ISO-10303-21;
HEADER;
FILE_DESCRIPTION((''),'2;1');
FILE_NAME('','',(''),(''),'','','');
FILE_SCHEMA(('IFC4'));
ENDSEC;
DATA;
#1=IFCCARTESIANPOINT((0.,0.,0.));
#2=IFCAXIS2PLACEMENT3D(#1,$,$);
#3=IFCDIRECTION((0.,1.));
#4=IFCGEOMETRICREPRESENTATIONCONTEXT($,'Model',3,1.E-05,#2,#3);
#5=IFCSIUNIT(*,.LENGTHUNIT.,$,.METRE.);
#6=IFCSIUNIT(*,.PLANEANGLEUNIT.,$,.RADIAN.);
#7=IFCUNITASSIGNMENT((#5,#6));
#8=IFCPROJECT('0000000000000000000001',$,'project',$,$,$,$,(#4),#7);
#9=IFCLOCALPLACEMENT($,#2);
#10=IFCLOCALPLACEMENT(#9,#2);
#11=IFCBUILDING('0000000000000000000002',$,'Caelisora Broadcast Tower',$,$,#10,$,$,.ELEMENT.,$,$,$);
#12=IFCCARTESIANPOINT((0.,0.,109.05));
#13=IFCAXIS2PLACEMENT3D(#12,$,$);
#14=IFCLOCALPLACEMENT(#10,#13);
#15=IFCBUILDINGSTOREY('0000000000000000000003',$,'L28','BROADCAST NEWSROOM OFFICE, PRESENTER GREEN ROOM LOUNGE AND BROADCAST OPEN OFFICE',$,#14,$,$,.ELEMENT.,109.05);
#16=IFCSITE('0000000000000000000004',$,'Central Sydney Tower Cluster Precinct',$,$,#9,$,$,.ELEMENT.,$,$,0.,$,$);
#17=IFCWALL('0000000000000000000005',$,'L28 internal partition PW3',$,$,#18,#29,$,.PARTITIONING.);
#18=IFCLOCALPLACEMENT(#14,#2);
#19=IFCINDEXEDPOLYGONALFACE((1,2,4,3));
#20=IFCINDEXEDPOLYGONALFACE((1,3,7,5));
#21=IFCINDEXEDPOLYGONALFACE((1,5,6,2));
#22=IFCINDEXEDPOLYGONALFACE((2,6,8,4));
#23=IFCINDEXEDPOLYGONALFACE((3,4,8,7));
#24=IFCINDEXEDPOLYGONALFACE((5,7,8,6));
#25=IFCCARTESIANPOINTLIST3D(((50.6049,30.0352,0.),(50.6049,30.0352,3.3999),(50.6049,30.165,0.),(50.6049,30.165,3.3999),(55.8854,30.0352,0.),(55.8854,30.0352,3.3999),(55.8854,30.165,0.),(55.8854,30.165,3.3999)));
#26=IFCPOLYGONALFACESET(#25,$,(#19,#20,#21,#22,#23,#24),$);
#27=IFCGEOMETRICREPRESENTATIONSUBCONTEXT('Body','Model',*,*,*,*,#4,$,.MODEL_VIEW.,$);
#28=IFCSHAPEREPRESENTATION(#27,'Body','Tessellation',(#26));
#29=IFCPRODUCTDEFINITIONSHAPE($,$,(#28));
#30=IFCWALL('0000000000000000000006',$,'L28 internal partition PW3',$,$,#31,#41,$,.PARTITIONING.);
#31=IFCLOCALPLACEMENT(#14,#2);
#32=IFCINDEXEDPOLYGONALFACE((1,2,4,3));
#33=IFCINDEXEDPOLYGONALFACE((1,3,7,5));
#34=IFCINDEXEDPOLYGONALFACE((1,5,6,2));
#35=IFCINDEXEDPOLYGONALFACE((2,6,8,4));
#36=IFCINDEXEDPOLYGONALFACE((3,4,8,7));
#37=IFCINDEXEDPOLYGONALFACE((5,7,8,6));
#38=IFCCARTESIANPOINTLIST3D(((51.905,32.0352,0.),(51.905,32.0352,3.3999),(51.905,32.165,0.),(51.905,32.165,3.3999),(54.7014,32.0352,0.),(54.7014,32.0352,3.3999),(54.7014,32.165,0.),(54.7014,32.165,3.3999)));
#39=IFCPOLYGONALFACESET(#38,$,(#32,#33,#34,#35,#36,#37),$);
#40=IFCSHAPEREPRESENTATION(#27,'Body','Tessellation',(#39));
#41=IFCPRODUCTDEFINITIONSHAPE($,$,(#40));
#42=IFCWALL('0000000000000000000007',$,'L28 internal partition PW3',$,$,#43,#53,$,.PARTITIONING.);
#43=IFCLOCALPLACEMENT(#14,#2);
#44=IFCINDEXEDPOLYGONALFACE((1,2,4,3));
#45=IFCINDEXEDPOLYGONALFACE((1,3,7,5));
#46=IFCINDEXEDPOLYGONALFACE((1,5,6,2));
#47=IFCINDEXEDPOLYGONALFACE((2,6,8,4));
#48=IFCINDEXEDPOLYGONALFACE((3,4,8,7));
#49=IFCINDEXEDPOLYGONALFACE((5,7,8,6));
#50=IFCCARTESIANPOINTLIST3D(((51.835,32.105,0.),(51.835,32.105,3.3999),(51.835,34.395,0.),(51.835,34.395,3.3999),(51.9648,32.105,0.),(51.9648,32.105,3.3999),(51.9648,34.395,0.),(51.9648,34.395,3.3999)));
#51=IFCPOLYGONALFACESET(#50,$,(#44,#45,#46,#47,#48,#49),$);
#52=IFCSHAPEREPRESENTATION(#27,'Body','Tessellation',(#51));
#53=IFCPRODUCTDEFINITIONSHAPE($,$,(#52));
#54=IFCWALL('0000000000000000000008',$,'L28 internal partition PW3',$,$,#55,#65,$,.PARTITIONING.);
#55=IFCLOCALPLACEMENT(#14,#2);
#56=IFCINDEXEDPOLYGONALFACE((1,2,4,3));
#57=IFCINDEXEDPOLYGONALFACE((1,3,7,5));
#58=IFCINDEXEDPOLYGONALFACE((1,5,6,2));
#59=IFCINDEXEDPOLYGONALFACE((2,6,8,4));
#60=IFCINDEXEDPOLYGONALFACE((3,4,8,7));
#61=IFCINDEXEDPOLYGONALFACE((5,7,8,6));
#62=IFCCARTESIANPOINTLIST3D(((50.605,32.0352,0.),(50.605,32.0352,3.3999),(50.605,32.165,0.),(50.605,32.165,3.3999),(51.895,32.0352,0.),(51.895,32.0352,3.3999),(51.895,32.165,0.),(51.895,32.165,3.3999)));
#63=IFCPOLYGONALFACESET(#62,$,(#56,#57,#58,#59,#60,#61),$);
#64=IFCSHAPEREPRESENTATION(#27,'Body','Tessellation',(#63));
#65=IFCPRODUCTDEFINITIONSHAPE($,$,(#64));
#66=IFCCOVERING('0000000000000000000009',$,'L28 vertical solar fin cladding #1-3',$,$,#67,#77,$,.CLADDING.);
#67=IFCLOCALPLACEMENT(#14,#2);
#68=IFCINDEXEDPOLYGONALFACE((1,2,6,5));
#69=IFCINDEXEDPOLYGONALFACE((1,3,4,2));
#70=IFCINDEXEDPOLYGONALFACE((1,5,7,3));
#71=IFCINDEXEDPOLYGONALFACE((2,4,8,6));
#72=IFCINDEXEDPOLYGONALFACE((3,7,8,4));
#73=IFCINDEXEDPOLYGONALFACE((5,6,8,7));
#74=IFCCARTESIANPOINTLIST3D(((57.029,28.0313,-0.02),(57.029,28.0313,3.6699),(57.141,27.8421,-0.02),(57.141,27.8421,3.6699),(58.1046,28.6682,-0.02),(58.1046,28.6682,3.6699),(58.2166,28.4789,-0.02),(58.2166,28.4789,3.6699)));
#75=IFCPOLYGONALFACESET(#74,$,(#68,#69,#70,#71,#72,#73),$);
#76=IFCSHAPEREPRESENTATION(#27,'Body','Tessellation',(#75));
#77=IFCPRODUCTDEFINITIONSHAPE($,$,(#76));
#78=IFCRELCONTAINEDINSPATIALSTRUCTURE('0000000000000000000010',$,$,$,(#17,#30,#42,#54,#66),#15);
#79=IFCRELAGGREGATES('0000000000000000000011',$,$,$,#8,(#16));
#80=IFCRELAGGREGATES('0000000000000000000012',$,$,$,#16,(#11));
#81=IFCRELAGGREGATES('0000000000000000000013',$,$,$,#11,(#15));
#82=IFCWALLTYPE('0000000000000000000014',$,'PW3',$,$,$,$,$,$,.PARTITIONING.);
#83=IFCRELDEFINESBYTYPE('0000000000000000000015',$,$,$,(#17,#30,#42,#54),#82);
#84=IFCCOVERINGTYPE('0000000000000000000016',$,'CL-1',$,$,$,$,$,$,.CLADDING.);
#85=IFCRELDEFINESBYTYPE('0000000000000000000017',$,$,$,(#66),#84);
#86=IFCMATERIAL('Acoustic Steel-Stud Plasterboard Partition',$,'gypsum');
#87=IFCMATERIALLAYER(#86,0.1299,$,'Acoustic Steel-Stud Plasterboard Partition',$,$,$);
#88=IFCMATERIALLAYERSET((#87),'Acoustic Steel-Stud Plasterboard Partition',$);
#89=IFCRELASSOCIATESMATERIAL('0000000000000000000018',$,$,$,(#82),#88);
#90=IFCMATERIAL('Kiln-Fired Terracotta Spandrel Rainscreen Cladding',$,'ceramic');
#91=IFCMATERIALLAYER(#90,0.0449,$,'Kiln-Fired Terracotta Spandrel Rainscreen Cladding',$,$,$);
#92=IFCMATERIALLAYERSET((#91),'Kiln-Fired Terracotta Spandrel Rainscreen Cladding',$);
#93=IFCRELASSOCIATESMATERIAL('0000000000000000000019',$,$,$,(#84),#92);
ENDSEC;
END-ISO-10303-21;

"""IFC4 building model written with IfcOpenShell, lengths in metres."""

from ifc_helpers import new_model, si_unit, direction, frame, frame_2d, origin, origin_2d, place, context, subcontext, project, spatial, rectangle, extrude, source, transform, mapped, material, layer, layer_set, type_object, type_shapes, element, save


model = new_model("IFC4")

# Units and contexts
model_context = context("Model", 3, precision=1e-05, world=origin(), true_north=direction((0.0, 1.0)))
body_context = subcontext(model_context, "Body", "Model", "MODEL_VIEW")
ifc_project = project(units=[si_unit("LENGTHUNIT", "METRE"), si_unit("PLANEANGLEUNIT", "RADIAN")], contexts=[model_context])

# Site, building, storey
site_placement = place(None, origin())
site = spatial("IfcSite", under=ifc_project, at=site_placement, Name="Central Sydney Tower Cluster Precinct", CompositionType="ELEMENT", RefElevation=0.0)
building_placement = place(site_placement, origin())
building = spatial("IfcBuilding", under=site, at=building_placement, Name="Caelisora Broadcast Tower", CompositionType="ELEMENT")
storey_placement = place(building_placement, frame((0.0, 0.0, 109.05)))
storey = spatial("IfcBuildingStorey", under=building, at=storey_placement, Name="L28", Description="BROADCAST NEWSROOM OFFICE, PRESENTER GREEN ROOM LOUNGE AND BROADCAST OPEN OFFICE", CompositionType="ELEMENT", Elevation=109.05)

# Walls
ifc_material_1 = material(Name="Acoustic Steel-Stud Plasterboard Partition", Category="gypsum")
ifc_layer_1 = layer(ifc_material_1, 0.1299, Name="Acoustic Steel-Stud Plasterboard Partition")
ifc_layer_set_1 = layer_set([ifc_layer_1], Name="Acoustic Steel-Stud Plasterboard Partition")
wall_type_1 = type_object("IfcWallType", Name="PW3", PredefinedType="PARTITIONING", material=ifc_layer_set_1)
wall_1_placement = place(storey_placement, frame((50.605, 30.1001, 0.0), z_axis=(0.0, 0.0, 1.0), x_axis=(1.0, 0.0, 0.0)))
element("IfcWall", 1, at=wall_1_placement, inside=storey, type_object=wall_type_1, Name="L28 internal partition PW3", PredefinedType="PARTITIONING", context=body_context, shape_type="SweptSolid", body=[
    extrude(rectangle(XDim=5.2805, YDim=0.1299, at=frame_2d((2.6401, 0.0))), origin(), (0.0, 0.0, 1.0), 3.3999),
])
wall_2_placement = place(storey_placement, frame((51.905, 32.1001, 0.0), z_axis=(0.0, 0.0, 1.0), x_axis=(1.0, 0.0, 0.0)))
element("IfcWall", 2, at=wall_2_placement, inside=storey, type_object=wall_type_1, Name="L28 internal partition PW3", PredefinedType="PARTITIONING", context=body_context, shape_type="SweptSolid", body=[
    extrude(rectangle(XDim=2.7964, YDim=0.1299, at=frame_2d((1.3982, 0.0))), origin(), (0.0, 0.0, 1.0), 3.3999),
])
wall_3_placement = place(storey_placement, frame((51.8999, 32.105, 0.0), z_axis=(0.0, 0.0, 1.0), x_axis=(0.0, 1.0, 0.0)))
element("IfcWall", 3, at=wall_3_placement, inside=storey, type_object=wall_type_1, Name="L28 internal partition PW3", PredefinedType="PARTITIONING", context=body_context, shape_type="SweptSolid", body=[
    extrude(rectangle(XDim=2.29, YDim=0.1299, at=frame_2d((1.145, 0.0))), origin(), (0.0, 0.0, 1.0), 3.3999),
])
wall_4_placement = place(storey_placement, frame((50.605, 32.1001, 0.0), z_axis=(0.0, 0.0, 1.0), x_axis=(1.0, 0.0, 0.0)))
element("IfcWall", 4, at=wall_4_placement, inside=storey, type_object=wall_type_1, Name="L28 internal partition PW3", PredefinedType="PARTITIONING", context=body_context, shape_type="SweptSolid", body=[
    extrude(rectangle(XDim=1.29, YDim=0.1299, at=frame_2d((0.645, 0.0))), origin(), (0.0, 0.0, 1.0), 3.3999),
])

# Covering
ifc_material_2 = material(Name="Kiln-Fired Terracotta Spandrel Rainscreen Cladding", Category="ceramic")
ifc_layer_2 = layer(ifc_material_2, 0.0449, Name="Kiln-Fired Terracotta Spandrel Rainscreen Cladding")
ifc_layer_set_2 = layer_set([ifc_layer_2], Name="Kiln-Fired Terracotta Spandrel Rainscreen Cladding")
covering_type = type_object("IfcCoveringType", Name="CL-1", PredefinedType="CLADDING", material=ifc_layer_set_2)
shared_shape_1 = source(origin(), body_context, "Body", "SweptSolid", [
    extrude(rectangle(XDim=0.22, YDim=1.25, at=origin_2d()), origin(), (0.0, 0.0, 1.0), 3.6899),
])
type_shapes(covering_type, [shared_shape_1])
covering_placement = place(storey_placement, frame((57.6228, 28.2551, -0.02), z_axis=(0.0, 0.0, 1.0), x_axis=(0.509492, -0.860475, 0.0)))
element("IfcCovering", 5, at=covering_placement, inside=storey, type_object=covering_type, Name="L28 vertical solar fin cladding #1-3", PredefinedType="CLADDING", context=body_context, shape_type="MappedRepresentation", body=[
    mapped(shared_shape_1, transform((0.0, 0.0, 0.0), scale=1.0)),
])

save(model, "model.ifc")
